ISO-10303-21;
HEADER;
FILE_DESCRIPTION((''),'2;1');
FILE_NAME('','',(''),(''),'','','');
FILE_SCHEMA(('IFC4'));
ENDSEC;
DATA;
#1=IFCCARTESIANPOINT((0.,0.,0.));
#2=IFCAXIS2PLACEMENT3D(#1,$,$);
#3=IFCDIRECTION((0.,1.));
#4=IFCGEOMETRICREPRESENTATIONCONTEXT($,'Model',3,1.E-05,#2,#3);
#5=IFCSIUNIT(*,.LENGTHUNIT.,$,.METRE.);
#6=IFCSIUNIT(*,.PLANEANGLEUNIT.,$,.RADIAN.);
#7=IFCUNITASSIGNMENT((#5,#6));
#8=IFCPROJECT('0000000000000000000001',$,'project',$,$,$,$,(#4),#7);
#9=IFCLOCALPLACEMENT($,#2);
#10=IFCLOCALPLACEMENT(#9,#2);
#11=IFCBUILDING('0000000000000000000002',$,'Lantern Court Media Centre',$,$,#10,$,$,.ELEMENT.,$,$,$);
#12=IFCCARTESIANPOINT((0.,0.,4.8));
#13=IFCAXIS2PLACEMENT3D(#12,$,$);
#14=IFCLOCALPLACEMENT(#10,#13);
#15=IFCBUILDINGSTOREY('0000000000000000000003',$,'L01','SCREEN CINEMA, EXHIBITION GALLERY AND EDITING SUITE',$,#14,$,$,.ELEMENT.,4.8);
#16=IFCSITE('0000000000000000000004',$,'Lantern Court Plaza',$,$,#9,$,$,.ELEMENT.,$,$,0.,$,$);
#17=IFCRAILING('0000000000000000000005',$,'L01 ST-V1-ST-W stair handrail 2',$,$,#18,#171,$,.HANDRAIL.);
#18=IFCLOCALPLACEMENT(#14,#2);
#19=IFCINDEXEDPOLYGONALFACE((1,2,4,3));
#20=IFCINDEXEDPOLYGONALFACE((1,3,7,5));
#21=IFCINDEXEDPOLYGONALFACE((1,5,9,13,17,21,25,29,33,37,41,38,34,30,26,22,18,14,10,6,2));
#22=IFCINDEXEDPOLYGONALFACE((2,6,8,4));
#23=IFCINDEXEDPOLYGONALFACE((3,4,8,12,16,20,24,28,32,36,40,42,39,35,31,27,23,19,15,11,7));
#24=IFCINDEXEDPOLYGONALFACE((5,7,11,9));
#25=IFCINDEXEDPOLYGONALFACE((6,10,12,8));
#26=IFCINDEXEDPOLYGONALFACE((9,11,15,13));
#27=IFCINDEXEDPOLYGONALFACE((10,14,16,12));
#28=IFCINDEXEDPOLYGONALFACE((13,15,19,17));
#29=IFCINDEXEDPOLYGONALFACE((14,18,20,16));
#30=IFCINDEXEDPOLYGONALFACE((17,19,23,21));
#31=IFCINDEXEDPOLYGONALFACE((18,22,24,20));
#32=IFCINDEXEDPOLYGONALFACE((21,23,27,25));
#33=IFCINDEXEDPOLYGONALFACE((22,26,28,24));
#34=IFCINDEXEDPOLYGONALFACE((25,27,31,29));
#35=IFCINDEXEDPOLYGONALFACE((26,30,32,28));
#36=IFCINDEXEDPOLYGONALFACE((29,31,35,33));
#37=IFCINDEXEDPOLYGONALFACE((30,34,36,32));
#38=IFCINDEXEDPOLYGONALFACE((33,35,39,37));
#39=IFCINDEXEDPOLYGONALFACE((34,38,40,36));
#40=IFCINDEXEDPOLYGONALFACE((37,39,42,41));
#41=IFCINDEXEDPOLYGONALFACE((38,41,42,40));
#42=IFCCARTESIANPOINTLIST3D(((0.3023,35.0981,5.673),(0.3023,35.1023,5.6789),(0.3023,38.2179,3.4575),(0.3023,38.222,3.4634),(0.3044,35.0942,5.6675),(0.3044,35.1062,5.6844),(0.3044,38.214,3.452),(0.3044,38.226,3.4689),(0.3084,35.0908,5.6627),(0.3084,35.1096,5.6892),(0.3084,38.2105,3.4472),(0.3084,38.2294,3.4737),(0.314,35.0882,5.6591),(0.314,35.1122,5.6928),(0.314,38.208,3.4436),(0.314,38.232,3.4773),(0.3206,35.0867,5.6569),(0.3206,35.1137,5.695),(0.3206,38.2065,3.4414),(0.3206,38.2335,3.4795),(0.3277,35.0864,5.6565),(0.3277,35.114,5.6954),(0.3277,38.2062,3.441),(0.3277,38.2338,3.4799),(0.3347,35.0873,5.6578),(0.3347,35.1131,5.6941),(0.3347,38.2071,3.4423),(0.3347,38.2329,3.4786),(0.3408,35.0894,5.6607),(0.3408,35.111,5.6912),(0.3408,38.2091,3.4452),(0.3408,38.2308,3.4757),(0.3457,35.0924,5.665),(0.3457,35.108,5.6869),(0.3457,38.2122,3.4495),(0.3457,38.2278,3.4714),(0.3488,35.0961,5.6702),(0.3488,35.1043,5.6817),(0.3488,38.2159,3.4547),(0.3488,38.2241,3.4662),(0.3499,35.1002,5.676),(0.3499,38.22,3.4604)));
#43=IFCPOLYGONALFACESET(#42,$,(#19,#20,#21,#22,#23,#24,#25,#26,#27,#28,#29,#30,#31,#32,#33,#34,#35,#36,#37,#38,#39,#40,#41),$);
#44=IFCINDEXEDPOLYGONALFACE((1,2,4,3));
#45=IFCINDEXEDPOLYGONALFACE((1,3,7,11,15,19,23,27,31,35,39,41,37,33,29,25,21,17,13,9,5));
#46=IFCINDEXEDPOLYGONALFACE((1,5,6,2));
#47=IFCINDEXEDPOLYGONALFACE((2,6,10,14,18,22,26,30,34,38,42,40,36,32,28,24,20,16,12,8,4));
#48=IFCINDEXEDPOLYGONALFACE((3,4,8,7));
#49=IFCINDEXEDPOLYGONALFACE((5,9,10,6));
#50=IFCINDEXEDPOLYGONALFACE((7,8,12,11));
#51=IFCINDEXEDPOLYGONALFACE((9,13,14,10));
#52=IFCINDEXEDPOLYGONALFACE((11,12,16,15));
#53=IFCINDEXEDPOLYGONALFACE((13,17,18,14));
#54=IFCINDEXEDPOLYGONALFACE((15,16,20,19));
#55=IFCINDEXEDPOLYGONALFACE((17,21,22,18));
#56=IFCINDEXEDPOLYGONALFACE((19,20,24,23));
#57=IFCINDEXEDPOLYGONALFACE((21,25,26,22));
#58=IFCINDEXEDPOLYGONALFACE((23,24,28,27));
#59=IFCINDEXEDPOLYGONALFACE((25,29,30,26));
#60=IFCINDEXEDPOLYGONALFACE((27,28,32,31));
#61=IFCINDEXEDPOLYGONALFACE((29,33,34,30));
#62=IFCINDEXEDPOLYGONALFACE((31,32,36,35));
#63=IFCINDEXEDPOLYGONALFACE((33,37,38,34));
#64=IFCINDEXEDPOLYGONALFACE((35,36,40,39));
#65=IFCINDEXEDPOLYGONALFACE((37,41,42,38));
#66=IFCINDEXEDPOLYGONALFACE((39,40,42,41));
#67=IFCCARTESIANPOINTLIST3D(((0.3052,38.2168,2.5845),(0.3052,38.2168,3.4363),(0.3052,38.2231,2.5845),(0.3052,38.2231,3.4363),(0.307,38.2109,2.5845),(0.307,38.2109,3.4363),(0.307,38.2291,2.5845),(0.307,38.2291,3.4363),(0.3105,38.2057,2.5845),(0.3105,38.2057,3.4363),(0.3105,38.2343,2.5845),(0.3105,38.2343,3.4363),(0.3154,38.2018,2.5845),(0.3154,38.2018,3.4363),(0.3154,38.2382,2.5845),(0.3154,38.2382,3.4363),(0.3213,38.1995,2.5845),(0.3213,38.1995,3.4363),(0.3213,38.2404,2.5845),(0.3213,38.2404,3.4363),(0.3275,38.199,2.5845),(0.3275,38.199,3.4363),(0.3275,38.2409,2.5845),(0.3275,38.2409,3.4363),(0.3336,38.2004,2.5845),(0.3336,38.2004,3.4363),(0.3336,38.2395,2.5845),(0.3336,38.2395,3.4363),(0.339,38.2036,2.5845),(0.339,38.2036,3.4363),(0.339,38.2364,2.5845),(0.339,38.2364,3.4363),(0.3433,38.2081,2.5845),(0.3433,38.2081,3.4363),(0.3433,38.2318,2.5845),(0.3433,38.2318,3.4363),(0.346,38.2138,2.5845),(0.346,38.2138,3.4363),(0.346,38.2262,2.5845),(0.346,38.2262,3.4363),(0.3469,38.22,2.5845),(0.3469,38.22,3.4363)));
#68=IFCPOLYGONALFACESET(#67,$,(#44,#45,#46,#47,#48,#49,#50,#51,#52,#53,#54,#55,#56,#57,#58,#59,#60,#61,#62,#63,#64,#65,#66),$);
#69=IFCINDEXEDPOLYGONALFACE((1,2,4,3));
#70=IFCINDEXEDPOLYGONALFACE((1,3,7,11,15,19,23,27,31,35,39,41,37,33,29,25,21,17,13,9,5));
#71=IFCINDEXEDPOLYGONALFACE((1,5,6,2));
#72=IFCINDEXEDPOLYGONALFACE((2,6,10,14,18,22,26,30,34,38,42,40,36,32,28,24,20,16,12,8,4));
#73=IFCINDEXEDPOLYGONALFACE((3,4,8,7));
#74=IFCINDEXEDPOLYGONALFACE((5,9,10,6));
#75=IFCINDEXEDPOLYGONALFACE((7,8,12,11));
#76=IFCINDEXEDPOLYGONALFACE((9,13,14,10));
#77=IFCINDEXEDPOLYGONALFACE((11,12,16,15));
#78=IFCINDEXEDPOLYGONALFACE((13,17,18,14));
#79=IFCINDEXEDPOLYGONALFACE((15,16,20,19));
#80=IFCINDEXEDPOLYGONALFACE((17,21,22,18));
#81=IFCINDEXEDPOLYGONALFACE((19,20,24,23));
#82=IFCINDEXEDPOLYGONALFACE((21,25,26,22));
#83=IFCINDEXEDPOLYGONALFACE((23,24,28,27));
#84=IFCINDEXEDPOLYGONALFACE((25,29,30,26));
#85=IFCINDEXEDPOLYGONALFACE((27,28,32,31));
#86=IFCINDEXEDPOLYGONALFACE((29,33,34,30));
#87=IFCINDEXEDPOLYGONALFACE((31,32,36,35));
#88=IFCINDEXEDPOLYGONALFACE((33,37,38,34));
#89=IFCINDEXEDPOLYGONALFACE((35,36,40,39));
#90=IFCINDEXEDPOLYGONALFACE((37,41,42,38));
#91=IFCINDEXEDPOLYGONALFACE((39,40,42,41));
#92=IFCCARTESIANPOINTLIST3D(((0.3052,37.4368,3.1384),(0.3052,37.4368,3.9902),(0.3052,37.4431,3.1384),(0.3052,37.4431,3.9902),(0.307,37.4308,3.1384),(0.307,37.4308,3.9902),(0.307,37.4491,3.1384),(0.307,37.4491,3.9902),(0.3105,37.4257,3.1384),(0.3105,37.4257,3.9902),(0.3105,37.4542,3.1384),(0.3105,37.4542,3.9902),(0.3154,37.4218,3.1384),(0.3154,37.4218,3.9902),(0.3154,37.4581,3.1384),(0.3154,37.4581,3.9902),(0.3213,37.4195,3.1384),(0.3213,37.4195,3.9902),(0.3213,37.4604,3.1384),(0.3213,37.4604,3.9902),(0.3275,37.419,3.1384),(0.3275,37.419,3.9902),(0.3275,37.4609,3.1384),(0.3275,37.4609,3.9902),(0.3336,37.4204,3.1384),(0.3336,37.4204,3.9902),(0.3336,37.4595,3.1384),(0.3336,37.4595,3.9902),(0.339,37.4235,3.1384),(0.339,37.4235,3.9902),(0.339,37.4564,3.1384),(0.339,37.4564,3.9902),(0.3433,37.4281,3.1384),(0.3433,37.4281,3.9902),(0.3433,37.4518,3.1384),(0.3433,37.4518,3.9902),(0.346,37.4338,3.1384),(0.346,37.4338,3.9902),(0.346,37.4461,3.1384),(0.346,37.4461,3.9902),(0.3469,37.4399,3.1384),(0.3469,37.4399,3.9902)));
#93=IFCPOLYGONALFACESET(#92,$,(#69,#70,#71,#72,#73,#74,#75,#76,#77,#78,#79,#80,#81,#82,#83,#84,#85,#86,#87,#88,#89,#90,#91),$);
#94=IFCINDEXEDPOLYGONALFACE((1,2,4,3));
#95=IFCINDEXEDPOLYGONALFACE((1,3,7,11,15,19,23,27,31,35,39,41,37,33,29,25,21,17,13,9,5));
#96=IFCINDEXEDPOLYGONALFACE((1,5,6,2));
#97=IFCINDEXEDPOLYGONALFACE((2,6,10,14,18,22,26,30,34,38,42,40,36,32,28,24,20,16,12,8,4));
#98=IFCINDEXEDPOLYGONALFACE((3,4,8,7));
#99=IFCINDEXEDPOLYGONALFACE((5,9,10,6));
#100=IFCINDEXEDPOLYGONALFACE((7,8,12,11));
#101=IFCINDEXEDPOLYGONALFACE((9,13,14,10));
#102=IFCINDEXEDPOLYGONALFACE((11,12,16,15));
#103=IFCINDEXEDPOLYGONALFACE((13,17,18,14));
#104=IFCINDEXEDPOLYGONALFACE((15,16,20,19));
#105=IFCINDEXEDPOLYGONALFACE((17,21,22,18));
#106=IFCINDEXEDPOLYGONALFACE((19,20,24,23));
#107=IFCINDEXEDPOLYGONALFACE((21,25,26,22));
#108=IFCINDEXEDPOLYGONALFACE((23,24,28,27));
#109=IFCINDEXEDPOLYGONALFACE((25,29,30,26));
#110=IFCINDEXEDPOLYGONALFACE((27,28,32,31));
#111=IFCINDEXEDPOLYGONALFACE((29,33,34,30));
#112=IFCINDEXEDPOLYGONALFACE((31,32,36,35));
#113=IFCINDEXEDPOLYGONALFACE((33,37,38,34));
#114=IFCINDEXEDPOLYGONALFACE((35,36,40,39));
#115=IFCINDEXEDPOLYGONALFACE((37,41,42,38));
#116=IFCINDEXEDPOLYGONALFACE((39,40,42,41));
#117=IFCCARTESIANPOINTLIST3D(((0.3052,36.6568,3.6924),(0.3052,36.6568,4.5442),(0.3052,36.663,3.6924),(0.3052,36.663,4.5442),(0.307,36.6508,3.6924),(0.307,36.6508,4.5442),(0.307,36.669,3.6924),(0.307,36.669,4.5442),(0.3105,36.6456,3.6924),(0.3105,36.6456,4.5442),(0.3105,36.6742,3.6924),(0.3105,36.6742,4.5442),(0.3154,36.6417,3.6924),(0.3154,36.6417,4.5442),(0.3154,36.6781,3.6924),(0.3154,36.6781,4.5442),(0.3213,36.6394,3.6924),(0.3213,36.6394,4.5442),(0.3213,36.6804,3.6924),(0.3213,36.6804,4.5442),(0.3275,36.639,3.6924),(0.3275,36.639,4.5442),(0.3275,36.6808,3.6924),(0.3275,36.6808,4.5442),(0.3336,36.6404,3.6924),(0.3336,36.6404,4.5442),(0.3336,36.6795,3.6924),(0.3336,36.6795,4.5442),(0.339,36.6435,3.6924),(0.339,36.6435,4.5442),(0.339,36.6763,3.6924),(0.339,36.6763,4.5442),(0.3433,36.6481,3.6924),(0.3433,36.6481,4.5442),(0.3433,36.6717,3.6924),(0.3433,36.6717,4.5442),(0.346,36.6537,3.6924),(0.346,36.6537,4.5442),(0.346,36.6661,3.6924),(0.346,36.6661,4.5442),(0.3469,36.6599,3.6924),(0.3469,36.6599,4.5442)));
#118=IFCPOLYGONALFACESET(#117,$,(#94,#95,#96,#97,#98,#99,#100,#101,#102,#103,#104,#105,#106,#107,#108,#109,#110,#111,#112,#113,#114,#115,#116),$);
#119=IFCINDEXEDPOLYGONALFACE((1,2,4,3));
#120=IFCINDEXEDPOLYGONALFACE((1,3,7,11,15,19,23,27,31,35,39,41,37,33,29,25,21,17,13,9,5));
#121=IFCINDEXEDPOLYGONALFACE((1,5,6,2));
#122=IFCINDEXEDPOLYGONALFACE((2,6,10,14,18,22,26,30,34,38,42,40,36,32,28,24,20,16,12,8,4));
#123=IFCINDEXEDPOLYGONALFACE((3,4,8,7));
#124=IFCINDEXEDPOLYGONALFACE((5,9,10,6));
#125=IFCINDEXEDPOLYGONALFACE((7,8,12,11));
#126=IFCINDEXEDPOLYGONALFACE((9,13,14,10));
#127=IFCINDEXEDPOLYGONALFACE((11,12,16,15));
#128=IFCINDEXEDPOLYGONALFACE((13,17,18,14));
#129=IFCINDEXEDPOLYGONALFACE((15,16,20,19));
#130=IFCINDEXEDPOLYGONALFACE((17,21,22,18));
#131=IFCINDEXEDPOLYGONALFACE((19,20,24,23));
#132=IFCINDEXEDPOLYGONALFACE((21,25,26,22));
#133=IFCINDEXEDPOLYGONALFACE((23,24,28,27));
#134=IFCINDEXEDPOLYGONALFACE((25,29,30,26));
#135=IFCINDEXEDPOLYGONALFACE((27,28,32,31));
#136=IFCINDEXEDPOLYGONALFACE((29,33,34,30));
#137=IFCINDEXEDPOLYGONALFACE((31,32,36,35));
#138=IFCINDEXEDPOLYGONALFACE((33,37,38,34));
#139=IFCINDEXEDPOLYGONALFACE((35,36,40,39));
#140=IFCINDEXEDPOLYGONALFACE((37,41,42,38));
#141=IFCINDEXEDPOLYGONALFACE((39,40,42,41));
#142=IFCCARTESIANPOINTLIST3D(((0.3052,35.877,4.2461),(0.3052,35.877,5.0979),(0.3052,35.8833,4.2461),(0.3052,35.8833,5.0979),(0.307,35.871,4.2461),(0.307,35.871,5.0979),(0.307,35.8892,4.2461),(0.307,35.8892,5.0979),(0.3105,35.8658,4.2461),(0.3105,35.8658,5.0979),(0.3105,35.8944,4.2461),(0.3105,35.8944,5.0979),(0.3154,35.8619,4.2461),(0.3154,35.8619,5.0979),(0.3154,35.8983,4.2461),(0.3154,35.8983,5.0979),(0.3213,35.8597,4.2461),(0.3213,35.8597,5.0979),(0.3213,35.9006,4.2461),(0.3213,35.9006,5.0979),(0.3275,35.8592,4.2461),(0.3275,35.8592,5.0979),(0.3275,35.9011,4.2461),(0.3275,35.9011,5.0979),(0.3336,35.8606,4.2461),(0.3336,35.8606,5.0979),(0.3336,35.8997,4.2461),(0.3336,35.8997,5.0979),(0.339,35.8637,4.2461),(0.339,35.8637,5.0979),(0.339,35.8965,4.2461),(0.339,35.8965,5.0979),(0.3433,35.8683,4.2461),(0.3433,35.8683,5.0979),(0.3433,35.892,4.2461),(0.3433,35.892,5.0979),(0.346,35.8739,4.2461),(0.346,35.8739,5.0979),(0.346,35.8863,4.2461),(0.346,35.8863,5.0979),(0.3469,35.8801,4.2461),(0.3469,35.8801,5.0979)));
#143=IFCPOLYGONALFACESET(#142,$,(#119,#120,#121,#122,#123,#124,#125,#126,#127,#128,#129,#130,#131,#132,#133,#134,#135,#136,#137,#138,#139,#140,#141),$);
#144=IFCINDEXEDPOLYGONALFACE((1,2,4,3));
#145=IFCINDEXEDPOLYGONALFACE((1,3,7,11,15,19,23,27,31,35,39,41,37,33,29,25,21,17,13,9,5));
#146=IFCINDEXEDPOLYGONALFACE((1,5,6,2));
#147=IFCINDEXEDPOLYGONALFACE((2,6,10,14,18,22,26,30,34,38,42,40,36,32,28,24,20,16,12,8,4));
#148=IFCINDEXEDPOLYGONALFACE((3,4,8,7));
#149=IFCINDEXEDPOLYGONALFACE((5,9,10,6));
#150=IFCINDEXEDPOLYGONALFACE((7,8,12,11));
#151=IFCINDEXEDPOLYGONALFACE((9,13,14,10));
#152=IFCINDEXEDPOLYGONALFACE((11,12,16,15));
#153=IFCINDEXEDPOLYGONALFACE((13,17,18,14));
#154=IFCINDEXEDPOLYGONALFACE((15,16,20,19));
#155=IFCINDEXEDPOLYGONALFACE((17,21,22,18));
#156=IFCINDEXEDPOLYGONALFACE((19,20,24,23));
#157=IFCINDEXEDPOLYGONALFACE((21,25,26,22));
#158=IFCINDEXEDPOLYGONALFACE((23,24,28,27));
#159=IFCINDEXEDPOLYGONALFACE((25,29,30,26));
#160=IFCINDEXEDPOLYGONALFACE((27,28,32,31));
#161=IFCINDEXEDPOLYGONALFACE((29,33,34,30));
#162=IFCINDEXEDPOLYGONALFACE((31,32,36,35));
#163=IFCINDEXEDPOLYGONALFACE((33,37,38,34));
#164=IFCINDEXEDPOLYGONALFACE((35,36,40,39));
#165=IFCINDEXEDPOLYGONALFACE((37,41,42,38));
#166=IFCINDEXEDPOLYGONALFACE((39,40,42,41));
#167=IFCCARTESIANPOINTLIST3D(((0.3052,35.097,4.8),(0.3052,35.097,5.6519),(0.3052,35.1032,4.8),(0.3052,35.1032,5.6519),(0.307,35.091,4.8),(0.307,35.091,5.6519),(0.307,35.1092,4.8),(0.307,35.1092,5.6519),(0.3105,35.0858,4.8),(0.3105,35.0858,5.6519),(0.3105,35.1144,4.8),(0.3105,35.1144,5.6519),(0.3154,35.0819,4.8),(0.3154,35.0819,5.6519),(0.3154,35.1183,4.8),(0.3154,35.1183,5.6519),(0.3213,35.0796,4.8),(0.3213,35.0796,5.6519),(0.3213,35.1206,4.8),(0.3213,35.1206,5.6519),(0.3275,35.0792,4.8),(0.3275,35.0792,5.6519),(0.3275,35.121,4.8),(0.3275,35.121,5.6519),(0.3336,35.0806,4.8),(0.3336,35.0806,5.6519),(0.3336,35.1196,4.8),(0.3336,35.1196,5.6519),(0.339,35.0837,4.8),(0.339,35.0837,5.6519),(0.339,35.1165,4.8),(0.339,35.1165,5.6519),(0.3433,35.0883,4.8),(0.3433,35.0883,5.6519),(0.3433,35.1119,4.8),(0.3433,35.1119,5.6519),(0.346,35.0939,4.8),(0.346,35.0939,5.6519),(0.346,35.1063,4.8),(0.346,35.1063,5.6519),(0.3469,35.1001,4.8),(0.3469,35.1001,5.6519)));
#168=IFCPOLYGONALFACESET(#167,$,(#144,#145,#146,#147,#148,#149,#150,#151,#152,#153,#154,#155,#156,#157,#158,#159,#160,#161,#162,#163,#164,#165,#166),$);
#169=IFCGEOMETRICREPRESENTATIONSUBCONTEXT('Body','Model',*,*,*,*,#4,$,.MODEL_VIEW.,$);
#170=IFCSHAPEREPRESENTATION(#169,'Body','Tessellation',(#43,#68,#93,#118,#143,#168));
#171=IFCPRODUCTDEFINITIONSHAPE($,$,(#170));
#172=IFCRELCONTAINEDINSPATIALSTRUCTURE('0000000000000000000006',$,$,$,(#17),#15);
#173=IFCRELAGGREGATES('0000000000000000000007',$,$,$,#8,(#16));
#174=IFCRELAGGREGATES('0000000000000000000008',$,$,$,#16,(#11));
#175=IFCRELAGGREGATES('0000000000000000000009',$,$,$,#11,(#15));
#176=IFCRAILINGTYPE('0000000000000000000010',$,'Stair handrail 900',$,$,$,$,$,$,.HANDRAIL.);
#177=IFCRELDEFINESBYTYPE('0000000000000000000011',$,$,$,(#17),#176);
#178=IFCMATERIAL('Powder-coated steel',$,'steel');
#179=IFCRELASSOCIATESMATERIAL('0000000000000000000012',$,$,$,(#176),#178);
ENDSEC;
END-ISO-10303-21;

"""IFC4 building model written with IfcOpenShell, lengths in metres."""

from ifc_helpers import new_model, si_unit, direction, frame, origin, origin_2d, place, context, subcontext, project, spatial, circle, extrude, material, type_object, element, save


model = new_model("IFC4")

# Units and contexts
model_context = context("Model", 3, precision=1e-05, world=origin(), true_north=direction((0.0, 1.0)))
body_context = subcontext(model_context, "Body", "Model", "MODEL_VIEW")
ifc_project = project(units=[si_unit("LENGTHUNIT", "METRE"), si_unit("PLANEANGLEUNIT", "RADIAN")], contexts=[model_context])

# Site, building, storey
site_placement = place(None, origin())
site = spatial("IfcSite", under=ifc_project, at=site_placement, Name="Lantern Court Plaza", CompositionType="ELEMENT", RefElevation=0.0)
building_placement = place(site_placement, origin())
building = spatial("IfcBuilding", under=site, at=building_placement, Name="Lantern Court Media Centre", CompositionType="ELEMENT")
storey_placement = place(building_placement, frame((0.0, 0.0, 4.8)))
storey = spatial("IfcBuildingStorey", under=building, at=storey_placement, Name="L01", Description="SCREEN CINEMA, EXHIBITION GALLERY AND EDITING SUITE", CompositionType="ELEMENT", Elevation=4.8)

# Railing
ifc_material_1 = material(Name="Powder-coated steel", Category="steel")
railing_type_1 = type_object("IfcRailingType", Name="Stair handrail 900", PredefinedType="HANDRAIL", material=ifc_material_1)
railing_1_placement = place(storey_placement, frame((0.3259, 38.22, 2.5845)))
element("IfcRailing", 1, at=railing_1_placement, inside=storey, type_object=railing_type_1, Name="L01 ST-V1-ST-W stair handrail 2", PredefinedType="HANDRAIL", context=body_context, shape_type="SweptSolid", body=[
    extrude(circle(Radius=0.0239, at=origin_2d()), frame((0.0, 0.0, 0.876), z_axis=(0.0, -0.815325, 0.579003), x_axis=(1.0, 0.0, 0.0)), (0.0, 0.0, 1.0), 3.8264),
    extrude(circle(Radius=0.021, at=origin_2d()), origin(), (0.0, 0.0, 1.0), 0.8518),
    extrude(circle(Radius=0.021, at=origin_2d()), frame((0.0, -0.78, 0.554)), (0.0, 0.0, 1.0), 0.8518),
    extrude(circle(Radius=0.021, at=origin_2d()), frame((0.0, -1.5601, 1.1079)), (0.0, 0.0, 1.0), 0.8518),
    extrude(circle(Radius=0.021, at=origin_2d()), frame((0.0, -2.3398, 1.6616)), (0.0, 0.0, 1.0), 0.8518),
    extrude(circle(Radius=0.021, at=origin_2d()), frame((0.0, -3.1199, 2.2156)), (0.0, 0.0, 1.0), 0.8518),
])

save(model, "model.ifc")
